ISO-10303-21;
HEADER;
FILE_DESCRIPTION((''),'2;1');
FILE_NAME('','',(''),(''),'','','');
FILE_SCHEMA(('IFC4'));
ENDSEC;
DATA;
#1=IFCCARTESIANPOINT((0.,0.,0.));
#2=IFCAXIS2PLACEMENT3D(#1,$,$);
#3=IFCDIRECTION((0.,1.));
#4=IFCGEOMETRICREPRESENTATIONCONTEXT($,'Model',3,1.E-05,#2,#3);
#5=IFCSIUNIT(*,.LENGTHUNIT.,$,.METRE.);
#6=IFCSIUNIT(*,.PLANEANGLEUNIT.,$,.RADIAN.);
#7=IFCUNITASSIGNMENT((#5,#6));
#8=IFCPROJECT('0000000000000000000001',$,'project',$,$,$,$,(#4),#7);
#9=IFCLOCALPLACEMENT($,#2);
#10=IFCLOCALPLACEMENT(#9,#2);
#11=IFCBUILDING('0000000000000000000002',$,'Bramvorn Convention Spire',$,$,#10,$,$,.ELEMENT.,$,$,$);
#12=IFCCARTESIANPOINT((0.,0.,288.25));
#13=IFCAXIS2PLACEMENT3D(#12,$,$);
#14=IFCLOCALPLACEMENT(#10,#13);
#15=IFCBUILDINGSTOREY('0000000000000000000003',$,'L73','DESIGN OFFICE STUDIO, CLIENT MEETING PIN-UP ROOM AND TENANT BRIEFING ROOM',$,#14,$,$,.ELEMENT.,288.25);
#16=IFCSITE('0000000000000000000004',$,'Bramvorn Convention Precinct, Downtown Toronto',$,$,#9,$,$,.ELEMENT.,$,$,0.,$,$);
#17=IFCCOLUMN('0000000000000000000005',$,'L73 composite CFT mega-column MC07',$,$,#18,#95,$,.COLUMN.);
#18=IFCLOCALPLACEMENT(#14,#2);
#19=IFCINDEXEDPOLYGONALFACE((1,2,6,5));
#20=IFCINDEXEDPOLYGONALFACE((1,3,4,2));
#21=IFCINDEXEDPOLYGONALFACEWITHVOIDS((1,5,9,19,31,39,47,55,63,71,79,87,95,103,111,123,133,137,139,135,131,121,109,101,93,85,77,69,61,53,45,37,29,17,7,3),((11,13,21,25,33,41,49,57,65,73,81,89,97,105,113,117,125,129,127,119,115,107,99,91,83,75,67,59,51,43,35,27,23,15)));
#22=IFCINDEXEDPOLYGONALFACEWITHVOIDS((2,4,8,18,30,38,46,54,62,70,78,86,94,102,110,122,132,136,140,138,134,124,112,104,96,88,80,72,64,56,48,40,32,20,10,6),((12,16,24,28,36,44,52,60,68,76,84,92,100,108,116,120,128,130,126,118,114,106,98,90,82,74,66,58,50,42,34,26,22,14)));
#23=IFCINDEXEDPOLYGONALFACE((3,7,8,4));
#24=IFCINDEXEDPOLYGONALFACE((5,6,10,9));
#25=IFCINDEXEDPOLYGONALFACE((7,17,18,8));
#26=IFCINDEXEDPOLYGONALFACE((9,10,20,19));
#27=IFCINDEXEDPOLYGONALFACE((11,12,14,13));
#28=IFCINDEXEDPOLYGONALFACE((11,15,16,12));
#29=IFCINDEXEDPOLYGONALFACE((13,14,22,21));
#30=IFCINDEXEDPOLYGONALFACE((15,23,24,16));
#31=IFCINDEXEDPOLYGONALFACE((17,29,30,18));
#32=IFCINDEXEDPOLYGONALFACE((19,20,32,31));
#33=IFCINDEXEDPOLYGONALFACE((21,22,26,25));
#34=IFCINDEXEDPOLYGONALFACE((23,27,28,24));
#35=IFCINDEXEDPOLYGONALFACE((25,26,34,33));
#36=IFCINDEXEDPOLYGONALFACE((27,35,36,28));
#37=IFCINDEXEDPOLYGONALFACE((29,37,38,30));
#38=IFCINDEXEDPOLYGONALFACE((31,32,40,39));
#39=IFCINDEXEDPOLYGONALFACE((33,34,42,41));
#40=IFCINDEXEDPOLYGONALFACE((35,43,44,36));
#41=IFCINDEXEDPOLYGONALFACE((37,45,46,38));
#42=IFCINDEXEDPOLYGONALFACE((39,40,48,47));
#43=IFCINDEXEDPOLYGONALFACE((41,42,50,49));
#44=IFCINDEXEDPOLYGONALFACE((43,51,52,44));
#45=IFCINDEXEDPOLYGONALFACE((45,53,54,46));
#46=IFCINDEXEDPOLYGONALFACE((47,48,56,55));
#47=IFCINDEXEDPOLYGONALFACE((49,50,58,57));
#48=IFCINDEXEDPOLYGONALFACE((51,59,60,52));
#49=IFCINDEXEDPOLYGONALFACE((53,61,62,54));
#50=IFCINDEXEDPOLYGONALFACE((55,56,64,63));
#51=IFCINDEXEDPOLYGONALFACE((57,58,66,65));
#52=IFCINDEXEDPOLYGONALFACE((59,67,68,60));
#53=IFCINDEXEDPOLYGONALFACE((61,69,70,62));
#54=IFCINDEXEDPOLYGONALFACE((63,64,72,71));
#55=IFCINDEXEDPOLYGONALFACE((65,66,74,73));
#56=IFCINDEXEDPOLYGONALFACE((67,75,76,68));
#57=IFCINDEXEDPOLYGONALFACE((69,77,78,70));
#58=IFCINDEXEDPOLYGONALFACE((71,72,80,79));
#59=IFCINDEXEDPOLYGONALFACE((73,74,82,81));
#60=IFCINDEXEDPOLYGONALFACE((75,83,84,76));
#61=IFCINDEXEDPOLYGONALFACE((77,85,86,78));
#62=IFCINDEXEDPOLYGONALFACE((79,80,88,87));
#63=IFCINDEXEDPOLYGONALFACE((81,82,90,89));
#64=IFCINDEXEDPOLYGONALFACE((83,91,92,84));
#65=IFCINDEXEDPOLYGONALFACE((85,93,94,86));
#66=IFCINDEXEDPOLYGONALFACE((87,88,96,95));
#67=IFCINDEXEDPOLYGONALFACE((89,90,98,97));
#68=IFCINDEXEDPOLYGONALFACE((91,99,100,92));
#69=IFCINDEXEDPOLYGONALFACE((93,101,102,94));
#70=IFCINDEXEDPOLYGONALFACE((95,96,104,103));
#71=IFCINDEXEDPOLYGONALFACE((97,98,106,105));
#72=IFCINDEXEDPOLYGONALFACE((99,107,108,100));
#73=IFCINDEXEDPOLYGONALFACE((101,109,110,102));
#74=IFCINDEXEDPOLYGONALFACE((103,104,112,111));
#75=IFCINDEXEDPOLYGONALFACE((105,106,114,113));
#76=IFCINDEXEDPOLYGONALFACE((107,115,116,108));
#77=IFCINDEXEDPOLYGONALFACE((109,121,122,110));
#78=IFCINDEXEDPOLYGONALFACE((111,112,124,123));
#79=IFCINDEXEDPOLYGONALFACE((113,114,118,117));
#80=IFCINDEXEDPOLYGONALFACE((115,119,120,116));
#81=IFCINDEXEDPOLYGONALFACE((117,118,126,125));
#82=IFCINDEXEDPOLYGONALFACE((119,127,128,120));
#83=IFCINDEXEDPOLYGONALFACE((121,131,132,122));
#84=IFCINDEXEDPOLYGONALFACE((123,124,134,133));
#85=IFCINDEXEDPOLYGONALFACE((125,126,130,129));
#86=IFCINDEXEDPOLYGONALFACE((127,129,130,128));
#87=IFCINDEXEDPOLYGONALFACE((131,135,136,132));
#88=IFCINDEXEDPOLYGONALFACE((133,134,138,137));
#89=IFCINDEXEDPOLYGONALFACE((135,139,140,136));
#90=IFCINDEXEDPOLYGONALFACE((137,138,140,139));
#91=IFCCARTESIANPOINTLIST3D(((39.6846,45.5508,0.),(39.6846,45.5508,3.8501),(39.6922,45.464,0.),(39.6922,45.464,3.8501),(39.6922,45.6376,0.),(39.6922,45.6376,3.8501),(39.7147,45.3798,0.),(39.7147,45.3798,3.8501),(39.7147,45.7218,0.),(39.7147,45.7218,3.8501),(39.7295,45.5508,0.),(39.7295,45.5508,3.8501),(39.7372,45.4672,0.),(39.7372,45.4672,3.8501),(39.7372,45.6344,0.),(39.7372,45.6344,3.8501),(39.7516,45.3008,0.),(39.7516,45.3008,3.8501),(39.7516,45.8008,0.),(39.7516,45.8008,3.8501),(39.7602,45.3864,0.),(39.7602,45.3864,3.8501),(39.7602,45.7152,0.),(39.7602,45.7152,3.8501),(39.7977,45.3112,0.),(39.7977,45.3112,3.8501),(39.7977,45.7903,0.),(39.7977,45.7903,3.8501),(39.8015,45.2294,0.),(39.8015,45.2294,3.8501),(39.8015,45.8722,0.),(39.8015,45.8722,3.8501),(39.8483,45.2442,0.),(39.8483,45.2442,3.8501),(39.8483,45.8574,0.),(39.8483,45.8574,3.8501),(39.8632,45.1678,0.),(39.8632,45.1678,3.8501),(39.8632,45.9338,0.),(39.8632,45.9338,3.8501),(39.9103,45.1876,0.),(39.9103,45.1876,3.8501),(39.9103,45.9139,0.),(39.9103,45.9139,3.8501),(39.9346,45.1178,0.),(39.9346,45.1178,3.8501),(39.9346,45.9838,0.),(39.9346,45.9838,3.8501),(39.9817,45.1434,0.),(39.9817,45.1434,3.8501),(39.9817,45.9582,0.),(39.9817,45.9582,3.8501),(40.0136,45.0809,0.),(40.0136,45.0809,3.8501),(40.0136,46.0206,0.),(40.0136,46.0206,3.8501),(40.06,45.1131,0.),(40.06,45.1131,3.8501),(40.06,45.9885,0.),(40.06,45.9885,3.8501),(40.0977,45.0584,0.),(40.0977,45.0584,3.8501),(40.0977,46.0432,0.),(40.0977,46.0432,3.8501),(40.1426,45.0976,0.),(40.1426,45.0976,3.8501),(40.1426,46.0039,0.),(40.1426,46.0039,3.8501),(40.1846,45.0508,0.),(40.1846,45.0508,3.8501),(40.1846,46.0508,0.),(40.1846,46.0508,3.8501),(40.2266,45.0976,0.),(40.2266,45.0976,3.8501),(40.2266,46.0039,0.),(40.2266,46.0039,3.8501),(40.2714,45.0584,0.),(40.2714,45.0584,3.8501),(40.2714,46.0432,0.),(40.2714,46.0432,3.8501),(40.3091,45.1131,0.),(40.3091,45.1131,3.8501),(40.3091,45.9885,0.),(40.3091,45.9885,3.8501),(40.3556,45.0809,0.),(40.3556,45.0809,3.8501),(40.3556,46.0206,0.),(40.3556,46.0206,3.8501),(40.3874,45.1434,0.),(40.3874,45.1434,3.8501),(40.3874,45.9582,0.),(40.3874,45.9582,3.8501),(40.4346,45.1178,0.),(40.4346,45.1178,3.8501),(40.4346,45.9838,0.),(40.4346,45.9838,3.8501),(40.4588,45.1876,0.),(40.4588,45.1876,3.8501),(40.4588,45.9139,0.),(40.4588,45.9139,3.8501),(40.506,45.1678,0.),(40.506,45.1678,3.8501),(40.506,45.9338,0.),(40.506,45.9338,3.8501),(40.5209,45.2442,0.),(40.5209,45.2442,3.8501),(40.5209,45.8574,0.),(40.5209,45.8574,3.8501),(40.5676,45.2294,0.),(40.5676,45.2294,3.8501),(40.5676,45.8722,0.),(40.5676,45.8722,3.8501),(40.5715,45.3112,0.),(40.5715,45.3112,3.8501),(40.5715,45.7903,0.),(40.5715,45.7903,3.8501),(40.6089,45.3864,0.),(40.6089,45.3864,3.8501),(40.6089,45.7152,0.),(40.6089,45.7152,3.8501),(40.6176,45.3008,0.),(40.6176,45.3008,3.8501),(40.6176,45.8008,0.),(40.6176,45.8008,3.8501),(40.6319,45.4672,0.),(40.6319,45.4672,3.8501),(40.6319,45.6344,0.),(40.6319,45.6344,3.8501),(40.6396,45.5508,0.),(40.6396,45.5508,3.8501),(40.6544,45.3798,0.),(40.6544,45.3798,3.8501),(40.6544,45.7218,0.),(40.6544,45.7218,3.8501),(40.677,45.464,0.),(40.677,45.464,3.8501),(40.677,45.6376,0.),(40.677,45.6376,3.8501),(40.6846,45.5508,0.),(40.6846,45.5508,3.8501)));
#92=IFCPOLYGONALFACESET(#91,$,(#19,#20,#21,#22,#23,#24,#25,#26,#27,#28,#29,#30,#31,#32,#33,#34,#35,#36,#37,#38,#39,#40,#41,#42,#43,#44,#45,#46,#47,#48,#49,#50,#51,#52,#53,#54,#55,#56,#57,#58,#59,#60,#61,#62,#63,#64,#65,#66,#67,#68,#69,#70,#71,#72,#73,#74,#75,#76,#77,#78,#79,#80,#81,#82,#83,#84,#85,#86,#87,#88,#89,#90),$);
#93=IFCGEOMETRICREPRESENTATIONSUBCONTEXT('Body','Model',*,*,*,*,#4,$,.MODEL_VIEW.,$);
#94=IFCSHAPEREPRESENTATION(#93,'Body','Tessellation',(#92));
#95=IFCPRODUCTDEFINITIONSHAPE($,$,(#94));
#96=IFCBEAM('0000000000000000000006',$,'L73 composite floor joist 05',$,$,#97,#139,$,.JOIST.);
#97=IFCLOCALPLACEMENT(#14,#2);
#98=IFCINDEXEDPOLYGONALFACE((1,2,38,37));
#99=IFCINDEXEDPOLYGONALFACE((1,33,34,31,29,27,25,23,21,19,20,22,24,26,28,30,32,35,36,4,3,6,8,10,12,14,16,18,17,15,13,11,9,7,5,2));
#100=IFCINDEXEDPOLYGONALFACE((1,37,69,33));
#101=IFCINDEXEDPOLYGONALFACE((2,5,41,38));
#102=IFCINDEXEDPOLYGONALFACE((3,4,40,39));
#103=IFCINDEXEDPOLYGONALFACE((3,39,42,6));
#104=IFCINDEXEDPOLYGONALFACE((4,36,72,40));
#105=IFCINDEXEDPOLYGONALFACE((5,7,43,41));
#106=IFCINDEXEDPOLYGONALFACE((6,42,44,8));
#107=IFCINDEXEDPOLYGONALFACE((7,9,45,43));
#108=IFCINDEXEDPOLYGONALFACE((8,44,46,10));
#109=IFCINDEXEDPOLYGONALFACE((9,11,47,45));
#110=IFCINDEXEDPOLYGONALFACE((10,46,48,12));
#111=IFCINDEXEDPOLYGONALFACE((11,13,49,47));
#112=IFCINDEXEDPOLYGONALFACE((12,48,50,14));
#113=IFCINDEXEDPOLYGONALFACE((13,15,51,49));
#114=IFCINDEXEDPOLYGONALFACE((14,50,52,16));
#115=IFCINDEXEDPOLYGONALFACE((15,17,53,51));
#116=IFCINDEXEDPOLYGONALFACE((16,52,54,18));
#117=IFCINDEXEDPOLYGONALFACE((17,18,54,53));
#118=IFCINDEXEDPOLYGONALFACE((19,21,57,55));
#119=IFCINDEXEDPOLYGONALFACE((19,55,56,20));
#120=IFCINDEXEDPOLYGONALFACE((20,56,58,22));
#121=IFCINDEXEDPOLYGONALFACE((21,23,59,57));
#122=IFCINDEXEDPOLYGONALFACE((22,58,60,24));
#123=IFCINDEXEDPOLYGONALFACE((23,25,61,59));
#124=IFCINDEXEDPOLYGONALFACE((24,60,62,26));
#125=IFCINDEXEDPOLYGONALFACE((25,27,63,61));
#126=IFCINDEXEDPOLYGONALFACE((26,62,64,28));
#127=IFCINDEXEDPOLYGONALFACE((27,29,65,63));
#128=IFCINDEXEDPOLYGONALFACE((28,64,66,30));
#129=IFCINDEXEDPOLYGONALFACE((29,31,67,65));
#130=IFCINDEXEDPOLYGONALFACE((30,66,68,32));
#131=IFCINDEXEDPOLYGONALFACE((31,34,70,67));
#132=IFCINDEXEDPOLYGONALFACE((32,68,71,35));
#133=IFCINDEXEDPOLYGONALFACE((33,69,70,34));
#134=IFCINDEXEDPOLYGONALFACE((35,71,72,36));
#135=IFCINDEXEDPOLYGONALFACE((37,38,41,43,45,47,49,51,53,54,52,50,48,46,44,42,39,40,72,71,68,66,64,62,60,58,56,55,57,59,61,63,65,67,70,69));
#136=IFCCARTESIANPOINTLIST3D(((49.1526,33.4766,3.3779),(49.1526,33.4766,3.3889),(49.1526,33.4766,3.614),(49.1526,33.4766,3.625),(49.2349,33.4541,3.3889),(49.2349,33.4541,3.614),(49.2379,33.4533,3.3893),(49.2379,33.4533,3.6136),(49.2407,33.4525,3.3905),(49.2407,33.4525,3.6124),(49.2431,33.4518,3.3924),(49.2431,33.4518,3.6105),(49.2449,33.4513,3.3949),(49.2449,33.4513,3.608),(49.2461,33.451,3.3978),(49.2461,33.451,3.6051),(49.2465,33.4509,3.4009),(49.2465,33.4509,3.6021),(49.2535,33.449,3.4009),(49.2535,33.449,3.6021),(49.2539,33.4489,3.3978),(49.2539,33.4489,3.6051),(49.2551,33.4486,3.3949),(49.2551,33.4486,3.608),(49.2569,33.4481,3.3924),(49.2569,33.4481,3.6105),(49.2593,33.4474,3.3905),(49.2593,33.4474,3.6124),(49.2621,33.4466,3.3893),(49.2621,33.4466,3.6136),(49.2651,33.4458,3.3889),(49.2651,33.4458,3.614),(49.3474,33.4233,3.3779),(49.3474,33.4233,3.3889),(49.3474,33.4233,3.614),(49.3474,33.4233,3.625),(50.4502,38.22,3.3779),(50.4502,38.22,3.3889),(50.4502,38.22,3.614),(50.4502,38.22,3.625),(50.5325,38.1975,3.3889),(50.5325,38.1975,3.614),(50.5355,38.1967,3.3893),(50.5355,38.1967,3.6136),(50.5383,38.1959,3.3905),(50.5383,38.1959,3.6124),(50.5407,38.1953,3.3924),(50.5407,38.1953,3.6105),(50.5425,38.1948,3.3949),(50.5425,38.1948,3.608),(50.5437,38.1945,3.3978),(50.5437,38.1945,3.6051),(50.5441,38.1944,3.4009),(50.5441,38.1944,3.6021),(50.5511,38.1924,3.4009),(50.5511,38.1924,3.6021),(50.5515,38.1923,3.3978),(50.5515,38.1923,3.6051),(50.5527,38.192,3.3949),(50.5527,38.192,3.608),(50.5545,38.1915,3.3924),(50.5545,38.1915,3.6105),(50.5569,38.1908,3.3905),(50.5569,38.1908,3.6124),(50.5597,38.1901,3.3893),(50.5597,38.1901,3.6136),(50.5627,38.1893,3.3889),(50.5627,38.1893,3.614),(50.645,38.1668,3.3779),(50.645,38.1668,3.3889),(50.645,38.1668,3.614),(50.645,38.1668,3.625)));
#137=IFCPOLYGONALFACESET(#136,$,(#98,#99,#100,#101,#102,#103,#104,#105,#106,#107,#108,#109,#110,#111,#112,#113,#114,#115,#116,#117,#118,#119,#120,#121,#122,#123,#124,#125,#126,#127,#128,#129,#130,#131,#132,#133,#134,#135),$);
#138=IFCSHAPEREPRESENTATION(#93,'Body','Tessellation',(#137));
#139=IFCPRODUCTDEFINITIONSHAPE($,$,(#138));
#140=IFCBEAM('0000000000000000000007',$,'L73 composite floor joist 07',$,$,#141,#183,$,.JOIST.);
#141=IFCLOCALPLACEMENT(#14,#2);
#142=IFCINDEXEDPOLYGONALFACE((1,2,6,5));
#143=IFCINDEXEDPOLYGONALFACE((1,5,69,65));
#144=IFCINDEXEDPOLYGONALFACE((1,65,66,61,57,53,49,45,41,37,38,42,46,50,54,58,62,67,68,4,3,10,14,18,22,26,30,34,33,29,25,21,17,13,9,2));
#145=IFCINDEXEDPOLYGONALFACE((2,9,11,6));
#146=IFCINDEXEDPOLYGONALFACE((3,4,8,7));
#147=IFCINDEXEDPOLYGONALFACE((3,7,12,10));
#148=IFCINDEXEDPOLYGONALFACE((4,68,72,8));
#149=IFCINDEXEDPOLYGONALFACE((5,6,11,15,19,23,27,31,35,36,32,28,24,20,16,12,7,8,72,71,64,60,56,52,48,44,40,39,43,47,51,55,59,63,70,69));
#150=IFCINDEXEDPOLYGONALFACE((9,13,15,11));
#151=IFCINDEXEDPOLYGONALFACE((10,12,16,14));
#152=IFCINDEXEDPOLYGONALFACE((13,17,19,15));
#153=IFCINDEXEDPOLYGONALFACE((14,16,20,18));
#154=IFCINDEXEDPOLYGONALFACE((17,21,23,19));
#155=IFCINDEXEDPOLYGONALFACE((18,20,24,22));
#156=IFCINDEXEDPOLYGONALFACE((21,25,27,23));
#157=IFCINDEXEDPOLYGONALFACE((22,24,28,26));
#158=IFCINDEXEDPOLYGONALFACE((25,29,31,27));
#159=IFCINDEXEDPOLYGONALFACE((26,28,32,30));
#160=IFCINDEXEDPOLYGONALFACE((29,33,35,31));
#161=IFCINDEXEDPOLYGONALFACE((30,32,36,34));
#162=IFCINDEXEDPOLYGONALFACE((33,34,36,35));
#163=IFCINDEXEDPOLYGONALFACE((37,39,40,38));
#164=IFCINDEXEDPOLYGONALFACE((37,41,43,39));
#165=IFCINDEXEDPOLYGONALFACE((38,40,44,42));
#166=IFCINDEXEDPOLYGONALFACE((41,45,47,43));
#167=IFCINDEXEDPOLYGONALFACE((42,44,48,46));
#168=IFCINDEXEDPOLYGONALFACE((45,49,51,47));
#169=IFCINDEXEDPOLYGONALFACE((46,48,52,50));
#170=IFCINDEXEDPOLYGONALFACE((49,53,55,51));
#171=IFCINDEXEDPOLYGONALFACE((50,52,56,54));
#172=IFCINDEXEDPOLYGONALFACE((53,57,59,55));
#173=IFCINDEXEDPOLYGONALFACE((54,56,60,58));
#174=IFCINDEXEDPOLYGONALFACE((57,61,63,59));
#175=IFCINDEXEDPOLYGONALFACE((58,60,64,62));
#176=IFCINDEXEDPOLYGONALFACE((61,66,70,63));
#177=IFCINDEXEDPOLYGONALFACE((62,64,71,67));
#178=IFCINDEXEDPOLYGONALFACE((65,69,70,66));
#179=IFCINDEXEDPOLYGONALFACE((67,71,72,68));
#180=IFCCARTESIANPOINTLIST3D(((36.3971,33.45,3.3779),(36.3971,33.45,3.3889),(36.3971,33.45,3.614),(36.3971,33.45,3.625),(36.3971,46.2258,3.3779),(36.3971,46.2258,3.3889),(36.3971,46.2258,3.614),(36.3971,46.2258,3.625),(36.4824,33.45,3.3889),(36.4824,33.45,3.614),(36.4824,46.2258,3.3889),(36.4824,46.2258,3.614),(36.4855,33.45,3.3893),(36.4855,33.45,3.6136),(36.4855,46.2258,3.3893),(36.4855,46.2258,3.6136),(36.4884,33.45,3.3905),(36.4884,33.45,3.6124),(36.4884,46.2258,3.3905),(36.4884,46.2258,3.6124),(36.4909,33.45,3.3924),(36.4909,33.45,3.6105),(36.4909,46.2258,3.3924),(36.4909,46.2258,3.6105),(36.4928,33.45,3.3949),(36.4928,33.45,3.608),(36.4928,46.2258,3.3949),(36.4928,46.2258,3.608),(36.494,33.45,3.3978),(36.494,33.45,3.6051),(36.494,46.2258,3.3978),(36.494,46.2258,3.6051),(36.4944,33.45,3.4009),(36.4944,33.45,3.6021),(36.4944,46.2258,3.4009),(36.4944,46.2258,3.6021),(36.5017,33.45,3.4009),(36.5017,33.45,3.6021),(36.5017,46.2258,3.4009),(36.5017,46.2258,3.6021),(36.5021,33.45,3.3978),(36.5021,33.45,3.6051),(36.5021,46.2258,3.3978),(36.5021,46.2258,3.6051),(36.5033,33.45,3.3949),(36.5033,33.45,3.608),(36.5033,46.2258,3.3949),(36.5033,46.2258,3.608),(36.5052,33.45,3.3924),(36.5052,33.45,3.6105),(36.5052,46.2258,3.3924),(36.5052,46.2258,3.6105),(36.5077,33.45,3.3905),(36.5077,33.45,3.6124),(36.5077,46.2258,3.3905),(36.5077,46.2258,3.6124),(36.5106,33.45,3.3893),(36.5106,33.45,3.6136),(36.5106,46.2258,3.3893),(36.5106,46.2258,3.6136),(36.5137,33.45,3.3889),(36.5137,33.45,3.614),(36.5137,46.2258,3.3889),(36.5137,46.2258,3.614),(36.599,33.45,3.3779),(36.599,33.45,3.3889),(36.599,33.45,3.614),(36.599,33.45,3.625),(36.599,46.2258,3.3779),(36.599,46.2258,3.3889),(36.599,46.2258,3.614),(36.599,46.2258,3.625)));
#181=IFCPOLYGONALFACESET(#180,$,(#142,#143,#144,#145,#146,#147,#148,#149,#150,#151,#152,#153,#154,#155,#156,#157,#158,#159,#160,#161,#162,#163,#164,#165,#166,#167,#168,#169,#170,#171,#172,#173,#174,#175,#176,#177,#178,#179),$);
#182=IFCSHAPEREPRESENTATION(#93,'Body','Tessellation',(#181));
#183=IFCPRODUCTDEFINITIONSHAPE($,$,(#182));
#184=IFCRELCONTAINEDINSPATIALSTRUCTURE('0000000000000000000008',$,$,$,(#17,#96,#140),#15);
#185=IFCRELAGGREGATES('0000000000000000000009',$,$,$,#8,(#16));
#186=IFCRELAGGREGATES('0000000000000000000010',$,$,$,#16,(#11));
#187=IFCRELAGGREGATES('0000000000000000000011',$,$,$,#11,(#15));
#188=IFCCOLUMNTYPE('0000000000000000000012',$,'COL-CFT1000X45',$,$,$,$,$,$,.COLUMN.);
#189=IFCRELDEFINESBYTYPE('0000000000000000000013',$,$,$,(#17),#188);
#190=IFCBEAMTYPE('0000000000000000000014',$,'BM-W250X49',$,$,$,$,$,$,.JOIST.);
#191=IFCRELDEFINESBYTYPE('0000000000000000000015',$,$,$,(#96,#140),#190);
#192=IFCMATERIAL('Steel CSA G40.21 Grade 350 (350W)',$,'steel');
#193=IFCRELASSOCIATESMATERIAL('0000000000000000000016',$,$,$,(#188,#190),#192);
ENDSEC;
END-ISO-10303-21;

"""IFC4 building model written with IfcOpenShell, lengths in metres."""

from ifc_helpers import new_model, si_unit, direction, frame, origin, origin_2d, place, context, subcontext, project, spatial, hollow_circle, i_section, extrude, material, material_profile, profile_set, type_object, element, save


model = new_model("IFC4")

# Units and contexts
model_context = context("Model", 3, precision=1e-05, world=origin(), true_north=direction((0.0, 1.0)))
body_context = subcontext(model_context, "Body", "Model", "MODEL_VIEW")
ifc_project = project(units=[si_unit("LENGTHUNIT", "METRE"), si_unit("PLANEANGLEUNIT", "RADIAN")], contexts=[model_context])

# Site, building, storey
site_placement = place(None, origin())
site = spatial("IfcSite", under=ifc_project, at=site_placement, Name="Bramvorn Convention Precinct, Downtown Toronto", CompositionType="ELEMENT", RefElevation=0.0)
building_placement = place(site_placement, origin())
building = spatial("IfcBuilding", under=site, at=building_placement, Name="Bramvorn Convention Spire", CompositionType="ELEMENT")
storey_placement = place(building_placement, frame((0.0, 0.0, 288.25)))
storey = spatial("IfcBuildingStorey", under=building, at=storey_placement, Name="L73", Description="DESIGN OFFICE STUDIO, CLIENT MEETING PIN-UP ROOM AND TENANT BRIEFING ROOM", CompositionType="ELEMENT", Elevation=288.25)

# Column
ifc_material_1 = material(Name="Steel CSA G40.21 Grade 350 (350W)", Category="steel")
ifc_material_profile_1 = material_profile(ifc_material_1, hollow_circle(Radius=0.5, WallThickness=0.0449, at=origin_2d()))
ifc_profile_set_1 = profile_set([ifc_material_profile_1], Name="Steel CSA G40.21 Grade 350 (350W) - CFT1000X45")
column_type = type_object("IfcColumnType", Name="COL-CFT1000X45", PredefinedType="COLUMN", material=ifc_profile_set_1)
for number, where, z_axis, x_axis, name in (
    (1, (40.1846, 45.5508, 0.0), (0.0, 0.0, 1.0), (1.0, 0.0, 0.0), "L73 composite CFT mega-column MC07"),
):
    element("IfcColumn", number, at=place(storey_placement, frame(where, z_axis=z_axis, x_axis=x_axis)), inside=storey, type_object=column_type, Name=name, PredefinedType="COLUMN", context=body_context, shape_type="SweptSolid", body=[
        extrude(hollow_circle(Radius=0.5, WallThickness=0.0449, at=origin_2d()), origin(), (0.0, 0.0, 1.0), 3.8501),
    ])

# Beams
ifc_material_profile_2 = material_profile(ifc_material_1, i_section(OverallWidth=0.2019, OverallDepth=0.2471, WebThickness=0.0073, FlangeThickness=0.011, FilletRadius=0.012, at=origin_2d()))
ifc_profile_set_2 = profile_set([ifc_material_profile_2], Name="Steel CSA G40.21 Grade 350 (350W) - W250X49")
beam_type_1 = type_object("IfcBeamType", Name="BM-W250X49", PredefinedType="JOIST", material=ifc_profile_set_2)
beam_1_placement = place(storey_placement, frame((49.25, 33.45, 3.5015), z_axis=(0.263865, 0.96456, 0.0), x_axis=(-0.96456, 0.263865, 0.0)))
element("IfcBeam", 2, at=beam_1_placement, inside=storey, type_object=beam_type_1, Name="L73 composite floor joist 05", PredefinedType="JOIST", context=body_context, shape_type="SweptSolid", body=[
    extrude(i_section(OverallWidth=0.2019, OverallDepth=0.2471, WebThickness=0.0073, FlangeThickness=0.011, FilletRadius=0.012, at=origin_2d()), origin(), (0.0, 0.0, 1.0), 4.9177),
])
beam_2_placement = place(storey_placement, frame((36.498, 33.45, 3.5015), z_axis=(0.0, 1.0, 0.0), x_axis=(-1.0, 0.0, 0.0)))
element("IfcBeam", 3, at=beam_2_placement, inside=storey, type_object=beam_type_1, Name="L73 composite floor joist 07", PredefinedType="JOIST", context=body_context, shape_type="SweptSolid", body=[
    extrude(i_section(OverallWidth=0.2019, OverallDepth=0.2471, WebThickness=0.0073, FlangeThickness=0.011, FilletRadius=0.012, at=origin_2d()), origin(), (0.0, 0.0, 1.0), 12.7759),
])

save(model, "model.ifc")
